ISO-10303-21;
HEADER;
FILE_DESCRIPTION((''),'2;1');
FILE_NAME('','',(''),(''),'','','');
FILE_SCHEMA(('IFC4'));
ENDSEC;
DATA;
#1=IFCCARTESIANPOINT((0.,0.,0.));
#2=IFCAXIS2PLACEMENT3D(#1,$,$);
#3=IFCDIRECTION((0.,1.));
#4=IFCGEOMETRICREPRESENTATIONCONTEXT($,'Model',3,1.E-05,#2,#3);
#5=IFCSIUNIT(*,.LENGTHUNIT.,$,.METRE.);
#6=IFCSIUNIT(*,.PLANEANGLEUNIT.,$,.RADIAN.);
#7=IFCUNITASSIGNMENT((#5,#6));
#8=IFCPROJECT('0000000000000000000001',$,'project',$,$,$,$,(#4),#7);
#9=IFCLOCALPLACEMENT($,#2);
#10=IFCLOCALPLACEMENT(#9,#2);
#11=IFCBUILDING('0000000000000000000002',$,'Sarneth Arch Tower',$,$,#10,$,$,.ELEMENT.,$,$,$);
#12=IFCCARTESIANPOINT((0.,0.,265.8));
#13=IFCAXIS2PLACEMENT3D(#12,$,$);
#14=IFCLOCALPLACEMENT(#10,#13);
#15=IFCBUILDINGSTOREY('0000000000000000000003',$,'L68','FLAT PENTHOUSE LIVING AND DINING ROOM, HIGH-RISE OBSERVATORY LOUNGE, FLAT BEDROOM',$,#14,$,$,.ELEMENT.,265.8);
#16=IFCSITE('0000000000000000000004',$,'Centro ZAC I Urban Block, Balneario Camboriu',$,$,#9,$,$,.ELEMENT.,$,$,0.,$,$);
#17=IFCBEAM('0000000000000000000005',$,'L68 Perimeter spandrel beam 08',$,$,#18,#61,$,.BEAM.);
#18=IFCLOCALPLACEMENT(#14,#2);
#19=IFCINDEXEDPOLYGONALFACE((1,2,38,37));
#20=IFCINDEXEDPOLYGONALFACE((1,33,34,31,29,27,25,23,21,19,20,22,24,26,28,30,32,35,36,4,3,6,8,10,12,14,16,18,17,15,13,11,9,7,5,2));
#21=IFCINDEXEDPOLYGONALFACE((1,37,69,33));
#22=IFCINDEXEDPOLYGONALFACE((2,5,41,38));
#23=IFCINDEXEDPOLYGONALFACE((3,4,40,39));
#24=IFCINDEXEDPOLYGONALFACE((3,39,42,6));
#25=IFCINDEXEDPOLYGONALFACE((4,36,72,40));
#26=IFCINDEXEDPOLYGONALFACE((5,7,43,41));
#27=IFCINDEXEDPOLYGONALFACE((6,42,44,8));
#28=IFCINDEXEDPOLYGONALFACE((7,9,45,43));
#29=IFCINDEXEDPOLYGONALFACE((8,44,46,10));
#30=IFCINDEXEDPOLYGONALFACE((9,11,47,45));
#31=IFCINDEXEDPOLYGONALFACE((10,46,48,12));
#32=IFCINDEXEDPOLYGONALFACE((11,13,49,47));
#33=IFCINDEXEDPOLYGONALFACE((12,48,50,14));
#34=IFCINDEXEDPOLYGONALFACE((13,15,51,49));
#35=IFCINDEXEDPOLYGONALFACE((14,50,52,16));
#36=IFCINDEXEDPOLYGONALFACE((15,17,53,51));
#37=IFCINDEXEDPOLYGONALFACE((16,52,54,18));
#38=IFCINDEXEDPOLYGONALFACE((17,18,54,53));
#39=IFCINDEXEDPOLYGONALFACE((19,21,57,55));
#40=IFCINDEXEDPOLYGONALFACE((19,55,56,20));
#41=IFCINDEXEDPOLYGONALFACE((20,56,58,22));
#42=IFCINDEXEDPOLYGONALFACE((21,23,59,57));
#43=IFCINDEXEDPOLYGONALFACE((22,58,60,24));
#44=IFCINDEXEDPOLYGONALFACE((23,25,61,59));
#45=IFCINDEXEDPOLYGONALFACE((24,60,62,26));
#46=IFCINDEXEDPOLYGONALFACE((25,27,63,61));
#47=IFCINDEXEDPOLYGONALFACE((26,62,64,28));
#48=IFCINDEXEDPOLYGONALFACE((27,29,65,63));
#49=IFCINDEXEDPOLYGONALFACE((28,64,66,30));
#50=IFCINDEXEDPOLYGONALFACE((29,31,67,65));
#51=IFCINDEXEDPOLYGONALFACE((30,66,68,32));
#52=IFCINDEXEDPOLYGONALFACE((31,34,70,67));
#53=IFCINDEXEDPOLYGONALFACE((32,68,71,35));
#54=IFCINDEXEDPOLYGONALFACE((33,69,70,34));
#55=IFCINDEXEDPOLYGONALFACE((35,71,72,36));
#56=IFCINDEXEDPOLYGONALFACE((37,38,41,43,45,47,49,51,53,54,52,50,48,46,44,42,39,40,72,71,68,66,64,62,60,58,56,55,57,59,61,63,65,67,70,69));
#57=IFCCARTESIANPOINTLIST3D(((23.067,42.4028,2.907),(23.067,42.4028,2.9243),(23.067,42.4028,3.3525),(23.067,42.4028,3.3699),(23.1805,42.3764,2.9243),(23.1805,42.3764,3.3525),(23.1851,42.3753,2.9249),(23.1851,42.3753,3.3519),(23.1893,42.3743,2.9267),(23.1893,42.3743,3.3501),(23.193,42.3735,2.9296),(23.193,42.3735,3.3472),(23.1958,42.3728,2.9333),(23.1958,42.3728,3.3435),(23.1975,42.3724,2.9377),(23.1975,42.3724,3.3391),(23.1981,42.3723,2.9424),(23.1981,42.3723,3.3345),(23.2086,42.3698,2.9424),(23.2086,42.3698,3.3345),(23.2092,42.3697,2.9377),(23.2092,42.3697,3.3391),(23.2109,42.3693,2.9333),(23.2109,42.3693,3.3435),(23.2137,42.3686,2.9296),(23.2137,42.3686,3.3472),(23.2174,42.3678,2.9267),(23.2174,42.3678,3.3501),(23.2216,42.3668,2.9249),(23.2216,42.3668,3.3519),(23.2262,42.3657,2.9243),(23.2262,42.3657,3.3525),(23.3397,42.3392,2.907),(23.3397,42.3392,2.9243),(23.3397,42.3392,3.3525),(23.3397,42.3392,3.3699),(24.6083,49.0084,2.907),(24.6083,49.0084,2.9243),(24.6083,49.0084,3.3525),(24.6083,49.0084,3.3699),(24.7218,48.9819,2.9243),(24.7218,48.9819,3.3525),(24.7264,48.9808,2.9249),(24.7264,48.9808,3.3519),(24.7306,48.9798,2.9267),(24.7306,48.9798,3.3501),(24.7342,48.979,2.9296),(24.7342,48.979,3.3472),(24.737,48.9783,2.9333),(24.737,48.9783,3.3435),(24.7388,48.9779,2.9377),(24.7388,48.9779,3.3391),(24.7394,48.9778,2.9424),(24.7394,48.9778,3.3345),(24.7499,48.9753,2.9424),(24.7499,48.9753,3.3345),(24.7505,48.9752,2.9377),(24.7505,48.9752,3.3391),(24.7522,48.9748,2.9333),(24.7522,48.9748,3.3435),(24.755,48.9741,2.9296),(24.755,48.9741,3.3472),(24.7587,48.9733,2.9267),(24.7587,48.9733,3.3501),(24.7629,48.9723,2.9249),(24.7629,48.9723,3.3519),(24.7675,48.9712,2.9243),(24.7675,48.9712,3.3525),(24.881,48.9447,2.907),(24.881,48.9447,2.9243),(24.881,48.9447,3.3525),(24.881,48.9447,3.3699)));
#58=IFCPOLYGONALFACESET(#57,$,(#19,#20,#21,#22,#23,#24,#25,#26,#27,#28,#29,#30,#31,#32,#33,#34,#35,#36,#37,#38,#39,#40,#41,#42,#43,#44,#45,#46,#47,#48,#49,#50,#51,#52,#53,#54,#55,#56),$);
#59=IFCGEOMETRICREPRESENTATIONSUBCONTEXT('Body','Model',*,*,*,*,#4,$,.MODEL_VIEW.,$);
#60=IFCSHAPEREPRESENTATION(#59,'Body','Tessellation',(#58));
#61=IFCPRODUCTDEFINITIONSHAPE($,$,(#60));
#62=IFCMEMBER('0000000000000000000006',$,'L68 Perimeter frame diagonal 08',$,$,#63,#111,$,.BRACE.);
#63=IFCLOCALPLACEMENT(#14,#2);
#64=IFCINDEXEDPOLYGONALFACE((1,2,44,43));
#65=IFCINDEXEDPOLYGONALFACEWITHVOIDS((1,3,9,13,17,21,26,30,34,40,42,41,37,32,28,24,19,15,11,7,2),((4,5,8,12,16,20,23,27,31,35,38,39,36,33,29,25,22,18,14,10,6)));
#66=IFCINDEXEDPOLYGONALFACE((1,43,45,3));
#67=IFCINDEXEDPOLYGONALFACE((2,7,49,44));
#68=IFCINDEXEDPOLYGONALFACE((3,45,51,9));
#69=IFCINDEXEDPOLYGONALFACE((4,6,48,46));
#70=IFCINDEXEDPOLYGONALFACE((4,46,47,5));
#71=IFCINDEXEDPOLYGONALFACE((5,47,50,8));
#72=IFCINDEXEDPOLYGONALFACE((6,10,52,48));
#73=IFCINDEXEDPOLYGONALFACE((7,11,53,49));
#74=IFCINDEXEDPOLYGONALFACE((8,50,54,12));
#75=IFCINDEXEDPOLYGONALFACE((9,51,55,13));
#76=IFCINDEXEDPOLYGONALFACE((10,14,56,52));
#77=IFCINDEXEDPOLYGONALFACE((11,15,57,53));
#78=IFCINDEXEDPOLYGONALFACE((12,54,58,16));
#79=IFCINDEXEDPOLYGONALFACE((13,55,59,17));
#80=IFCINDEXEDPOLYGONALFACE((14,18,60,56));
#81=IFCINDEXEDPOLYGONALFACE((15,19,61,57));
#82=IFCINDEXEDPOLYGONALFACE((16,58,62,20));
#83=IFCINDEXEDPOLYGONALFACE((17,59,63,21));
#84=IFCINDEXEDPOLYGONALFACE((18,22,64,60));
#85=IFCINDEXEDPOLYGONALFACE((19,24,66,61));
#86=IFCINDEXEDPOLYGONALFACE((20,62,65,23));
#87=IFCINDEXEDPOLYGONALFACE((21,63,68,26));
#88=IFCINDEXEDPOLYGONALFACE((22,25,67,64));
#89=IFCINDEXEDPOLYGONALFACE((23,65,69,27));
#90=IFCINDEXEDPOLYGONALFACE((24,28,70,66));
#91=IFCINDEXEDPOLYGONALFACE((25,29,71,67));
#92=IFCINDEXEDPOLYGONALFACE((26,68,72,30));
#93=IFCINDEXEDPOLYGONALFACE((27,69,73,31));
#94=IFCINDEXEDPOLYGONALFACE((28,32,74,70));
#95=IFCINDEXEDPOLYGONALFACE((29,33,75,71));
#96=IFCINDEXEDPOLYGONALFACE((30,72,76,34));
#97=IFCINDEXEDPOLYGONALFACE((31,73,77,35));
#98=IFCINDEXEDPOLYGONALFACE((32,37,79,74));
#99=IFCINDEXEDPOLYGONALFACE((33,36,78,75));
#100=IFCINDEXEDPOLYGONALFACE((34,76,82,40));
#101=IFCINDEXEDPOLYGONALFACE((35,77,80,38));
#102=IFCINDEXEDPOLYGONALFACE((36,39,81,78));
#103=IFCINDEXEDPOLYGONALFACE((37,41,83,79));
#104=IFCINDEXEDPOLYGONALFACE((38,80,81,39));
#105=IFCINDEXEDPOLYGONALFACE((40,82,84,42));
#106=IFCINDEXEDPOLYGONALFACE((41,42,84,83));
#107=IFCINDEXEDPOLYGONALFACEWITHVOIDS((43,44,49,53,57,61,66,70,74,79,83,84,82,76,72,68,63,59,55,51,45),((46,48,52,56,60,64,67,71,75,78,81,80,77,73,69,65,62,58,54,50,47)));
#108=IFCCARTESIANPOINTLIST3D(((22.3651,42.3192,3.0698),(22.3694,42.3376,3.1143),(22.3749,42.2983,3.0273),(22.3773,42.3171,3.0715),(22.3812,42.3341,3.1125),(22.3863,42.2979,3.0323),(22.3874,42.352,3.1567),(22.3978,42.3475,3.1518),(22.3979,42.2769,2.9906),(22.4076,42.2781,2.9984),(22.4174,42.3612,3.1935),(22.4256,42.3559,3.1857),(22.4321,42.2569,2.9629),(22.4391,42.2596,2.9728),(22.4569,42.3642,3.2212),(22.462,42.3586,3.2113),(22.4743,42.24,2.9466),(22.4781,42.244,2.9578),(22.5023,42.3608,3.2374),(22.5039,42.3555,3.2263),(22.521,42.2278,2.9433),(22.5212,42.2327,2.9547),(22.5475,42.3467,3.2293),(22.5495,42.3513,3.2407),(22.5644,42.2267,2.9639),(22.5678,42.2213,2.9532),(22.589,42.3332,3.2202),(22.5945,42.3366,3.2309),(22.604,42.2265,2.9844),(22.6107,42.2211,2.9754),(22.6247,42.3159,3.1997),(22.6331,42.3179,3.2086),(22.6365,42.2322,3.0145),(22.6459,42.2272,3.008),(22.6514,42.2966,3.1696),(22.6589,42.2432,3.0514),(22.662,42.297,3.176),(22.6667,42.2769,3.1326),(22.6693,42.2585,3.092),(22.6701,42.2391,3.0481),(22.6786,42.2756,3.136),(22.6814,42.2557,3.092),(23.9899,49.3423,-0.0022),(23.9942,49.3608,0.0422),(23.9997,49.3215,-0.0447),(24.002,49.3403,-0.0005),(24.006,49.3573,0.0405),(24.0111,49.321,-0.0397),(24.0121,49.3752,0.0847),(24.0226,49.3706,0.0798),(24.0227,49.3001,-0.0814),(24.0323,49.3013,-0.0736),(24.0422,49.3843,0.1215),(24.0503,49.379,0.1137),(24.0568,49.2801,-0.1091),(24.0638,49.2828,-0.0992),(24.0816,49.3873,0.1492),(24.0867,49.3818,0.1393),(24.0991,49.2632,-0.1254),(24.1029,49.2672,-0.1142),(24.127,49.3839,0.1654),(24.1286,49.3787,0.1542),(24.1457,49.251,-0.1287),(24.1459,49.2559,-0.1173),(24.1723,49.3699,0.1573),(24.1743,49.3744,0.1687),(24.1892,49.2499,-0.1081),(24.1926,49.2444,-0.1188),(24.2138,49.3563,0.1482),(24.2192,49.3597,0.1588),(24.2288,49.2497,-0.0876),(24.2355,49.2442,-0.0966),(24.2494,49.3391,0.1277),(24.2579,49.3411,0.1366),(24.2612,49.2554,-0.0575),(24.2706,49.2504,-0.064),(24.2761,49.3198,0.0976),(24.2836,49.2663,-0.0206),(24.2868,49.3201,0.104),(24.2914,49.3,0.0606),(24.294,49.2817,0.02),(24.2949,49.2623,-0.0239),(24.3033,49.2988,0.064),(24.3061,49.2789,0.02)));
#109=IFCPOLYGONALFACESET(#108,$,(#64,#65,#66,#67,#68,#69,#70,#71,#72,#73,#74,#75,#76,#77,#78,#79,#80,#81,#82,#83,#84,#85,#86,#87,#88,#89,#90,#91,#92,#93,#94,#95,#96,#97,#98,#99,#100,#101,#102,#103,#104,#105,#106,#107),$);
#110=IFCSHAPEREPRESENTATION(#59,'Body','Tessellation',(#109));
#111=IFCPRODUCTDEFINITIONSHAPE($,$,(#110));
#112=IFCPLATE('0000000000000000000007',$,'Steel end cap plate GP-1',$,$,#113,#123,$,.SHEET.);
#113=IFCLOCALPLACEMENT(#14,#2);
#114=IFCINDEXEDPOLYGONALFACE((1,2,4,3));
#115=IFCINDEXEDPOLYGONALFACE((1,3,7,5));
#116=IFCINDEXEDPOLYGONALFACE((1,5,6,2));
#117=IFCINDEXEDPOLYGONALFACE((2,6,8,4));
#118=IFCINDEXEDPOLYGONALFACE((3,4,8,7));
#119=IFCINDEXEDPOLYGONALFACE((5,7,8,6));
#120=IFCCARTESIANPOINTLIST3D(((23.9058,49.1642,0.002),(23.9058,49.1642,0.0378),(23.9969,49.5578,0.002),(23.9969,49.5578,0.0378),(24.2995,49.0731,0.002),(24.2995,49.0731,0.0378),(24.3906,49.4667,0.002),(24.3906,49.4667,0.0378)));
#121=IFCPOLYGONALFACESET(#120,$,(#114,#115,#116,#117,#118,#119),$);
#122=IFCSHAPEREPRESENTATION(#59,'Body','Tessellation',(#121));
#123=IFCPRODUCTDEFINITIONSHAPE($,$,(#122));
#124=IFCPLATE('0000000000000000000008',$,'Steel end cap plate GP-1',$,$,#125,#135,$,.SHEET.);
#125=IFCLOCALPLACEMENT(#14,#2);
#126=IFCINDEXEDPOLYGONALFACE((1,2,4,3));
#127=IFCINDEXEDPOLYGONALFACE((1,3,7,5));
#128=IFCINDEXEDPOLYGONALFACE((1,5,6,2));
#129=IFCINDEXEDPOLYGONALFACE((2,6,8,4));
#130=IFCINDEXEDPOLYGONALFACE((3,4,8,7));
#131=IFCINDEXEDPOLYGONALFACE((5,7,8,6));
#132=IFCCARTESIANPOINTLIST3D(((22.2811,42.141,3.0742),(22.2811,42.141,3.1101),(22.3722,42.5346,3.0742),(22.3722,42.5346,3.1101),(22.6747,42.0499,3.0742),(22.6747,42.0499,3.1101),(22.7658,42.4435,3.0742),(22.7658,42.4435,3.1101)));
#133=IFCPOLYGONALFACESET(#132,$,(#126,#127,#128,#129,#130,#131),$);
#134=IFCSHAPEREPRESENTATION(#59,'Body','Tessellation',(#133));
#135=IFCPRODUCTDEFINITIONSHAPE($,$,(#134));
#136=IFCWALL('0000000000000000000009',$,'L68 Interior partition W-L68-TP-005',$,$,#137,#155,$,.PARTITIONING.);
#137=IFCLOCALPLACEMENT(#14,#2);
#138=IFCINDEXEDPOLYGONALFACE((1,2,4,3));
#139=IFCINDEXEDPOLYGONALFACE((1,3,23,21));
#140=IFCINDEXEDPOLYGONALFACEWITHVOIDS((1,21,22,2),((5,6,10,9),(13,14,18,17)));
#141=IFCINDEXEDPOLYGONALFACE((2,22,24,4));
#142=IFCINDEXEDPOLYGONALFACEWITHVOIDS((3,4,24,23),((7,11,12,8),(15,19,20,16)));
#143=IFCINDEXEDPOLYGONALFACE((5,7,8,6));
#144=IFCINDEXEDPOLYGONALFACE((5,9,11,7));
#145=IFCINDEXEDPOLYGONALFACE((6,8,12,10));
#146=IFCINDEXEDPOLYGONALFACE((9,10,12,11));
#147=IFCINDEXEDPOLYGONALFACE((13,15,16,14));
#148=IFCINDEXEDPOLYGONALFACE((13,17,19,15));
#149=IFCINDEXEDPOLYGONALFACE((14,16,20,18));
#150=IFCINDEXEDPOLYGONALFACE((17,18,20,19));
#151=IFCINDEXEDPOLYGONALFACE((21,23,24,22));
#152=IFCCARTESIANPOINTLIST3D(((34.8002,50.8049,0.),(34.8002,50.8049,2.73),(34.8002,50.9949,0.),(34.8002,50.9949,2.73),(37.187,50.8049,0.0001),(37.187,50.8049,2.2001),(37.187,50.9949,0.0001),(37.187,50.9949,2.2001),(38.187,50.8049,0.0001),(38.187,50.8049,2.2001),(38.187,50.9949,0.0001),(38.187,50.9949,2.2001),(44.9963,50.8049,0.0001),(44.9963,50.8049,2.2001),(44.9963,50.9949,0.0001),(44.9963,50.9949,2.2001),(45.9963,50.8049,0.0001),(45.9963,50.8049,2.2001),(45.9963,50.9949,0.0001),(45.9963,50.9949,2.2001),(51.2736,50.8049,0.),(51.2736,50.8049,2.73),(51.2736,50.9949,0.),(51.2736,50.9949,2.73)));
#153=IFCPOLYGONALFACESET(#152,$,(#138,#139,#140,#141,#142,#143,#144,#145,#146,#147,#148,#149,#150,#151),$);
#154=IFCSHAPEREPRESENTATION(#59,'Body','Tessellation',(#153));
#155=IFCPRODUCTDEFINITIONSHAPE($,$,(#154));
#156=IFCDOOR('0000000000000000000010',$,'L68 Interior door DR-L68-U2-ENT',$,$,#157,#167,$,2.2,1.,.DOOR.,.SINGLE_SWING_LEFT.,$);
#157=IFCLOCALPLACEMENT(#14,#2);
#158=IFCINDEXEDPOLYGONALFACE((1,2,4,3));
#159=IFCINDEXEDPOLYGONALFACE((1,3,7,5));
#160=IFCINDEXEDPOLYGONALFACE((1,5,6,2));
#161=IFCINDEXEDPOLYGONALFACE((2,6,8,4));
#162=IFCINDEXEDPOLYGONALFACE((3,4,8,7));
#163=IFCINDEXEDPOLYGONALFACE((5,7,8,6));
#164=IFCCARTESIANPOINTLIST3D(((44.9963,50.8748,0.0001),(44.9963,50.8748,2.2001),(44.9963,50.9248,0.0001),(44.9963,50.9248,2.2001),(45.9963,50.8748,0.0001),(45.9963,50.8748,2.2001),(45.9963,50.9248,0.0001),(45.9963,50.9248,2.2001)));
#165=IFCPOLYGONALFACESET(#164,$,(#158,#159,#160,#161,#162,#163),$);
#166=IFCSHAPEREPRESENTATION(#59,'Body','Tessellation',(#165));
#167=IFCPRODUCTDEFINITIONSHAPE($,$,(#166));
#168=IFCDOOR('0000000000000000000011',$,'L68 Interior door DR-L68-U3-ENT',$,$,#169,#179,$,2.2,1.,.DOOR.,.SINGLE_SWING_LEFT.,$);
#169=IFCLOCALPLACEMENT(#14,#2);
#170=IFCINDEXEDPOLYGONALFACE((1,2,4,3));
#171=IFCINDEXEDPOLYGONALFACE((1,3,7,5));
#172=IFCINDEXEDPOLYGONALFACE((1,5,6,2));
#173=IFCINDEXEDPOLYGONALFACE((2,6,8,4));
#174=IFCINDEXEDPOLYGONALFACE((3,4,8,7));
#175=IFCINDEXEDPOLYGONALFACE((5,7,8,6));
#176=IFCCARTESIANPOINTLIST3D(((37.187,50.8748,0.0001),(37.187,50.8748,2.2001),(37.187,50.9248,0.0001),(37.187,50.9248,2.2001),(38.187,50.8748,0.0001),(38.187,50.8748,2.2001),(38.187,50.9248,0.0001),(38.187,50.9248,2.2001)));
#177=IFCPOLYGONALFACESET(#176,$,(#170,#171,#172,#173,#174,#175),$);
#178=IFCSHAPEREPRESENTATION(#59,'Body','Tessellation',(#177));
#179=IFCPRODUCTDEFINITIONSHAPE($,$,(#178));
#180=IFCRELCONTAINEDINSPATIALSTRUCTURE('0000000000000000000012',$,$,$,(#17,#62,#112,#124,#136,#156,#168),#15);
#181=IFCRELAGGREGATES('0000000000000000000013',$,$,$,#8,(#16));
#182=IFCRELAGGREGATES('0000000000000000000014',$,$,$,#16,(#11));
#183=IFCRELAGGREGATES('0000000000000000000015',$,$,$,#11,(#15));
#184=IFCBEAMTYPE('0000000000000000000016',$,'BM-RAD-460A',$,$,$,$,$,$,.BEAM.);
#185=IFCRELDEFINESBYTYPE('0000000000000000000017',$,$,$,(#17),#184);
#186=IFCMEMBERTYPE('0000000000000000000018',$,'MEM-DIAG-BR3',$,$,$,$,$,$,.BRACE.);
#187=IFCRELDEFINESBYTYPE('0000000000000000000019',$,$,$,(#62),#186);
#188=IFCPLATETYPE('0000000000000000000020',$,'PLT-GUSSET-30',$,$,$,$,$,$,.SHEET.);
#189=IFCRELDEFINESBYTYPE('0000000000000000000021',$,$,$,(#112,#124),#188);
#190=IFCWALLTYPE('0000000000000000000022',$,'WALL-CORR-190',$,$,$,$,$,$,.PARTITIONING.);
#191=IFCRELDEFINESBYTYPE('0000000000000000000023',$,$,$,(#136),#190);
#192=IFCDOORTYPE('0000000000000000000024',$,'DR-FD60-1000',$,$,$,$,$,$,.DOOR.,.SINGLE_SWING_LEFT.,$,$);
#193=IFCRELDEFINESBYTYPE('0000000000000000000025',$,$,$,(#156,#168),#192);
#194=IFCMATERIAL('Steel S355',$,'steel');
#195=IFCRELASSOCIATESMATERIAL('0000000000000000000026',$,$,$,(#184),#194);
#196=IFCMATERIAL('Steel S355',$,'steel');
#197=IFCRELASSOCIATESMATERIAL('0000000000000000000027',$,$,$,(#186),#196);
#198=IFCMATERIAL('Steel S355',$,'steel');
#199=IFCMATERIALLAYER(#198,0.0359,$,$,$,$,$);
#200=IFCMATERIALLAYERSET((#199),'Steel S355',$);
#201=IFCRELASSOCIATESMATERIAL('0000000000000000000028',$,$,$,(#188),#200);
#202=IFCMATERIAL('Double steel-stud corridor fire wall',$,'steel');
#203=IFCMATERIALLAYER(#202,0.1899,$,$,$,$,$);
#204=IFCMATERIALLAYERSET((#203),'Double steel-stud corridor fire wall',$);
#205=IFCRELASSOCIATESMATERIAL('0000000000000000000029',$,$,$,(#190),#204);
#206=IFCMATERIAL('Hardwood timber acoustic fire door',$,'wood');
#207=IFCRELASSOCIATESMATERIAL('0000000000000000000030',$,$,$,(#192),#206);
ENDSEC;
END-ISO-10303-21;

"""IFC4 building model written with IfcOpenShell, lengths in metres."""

from ifc_helpers import new_model, si_unit, direction, frame, frame_2d, origin, origin_2d, place, context, subcontext, project, spatial, rectangle, hollow_circle, i_section, extrude, material, layer, layer_set, material_profile, profile_set, type_object, element, fill, save


model = new_model("IFC4")

# Units and contexts
model_context = context("Model", 3, precision=1e-05, world=origin(), true_north=direction((0.0, 1.0)))
body_context = subcontext(model_context, "Body", "Model", "MODEL_VIEW")
ifc_project = project(units=[si_unit("LENGTHUNIT", "METRE"), si_unit("PLANEANGLEUNIT", "RADIAN")], contexts=[model_context])

# Site, building, storey
site_placement = place(None, origin())
site = spatial("IfcSite", under=ifc_project, at=site_placement, Name="Centro ZAC I Urban Block, Balneario Camboriu", CompositionType="ELEMENT", RefElevation=0.0)
building_placement = place(site_placement, origin())
building = spatial("IfcBuilding", under=site, at=building_placement, Name="Sarneth Arch Tower", CompositionType="ELEMENT")
storey_placement = place(building_placement, frame((0.0, 0.0, 265.8)))
storey = spatial("IfcBuildingStorey", under=building, at=storey_placement, Name="L68", Description="FLAT PENTHOUSE LIVING AND DINING ROOM, HIGH-RISE OBSERVATORY LOUNGE, FLAT BEDROOM", CompositionType="ELEMENT", Elevation=265.8)

# Beam
ifc_material_1 = material(Name="Steel S355", Category="steel")
ifc_material_profile_1 = material_profile(ifc_material_1, i_section(OverallWidth=0.28, OverallDepth=0.4629, WebThickness=0.0107, FlangeThickness=0.0173, FilletRadius=0.0181, at=origin_2d()), Name="W460x113")
ifc_profile_set_1 = profile_set([ifc_material_profile_1], Name="Steel S355")
beam_type_1 = type_object("IfcBeamType", Name="BM-RAD-460A", PredefinedType="BEAM", material=ifc_profile_set_1)
beam_1_placement = place(storey_placement, frame((24.7446, 48.9766, 3.1384), z_axis=(-0.227227, -0.973842, 0.0), x_axis=(0.973842, -0.227227, 0.0)))
element("IfcBeam", 1, at=beam_1_placement, inside=storey, type_object=beam_type_1, Name="L68 Perimeter spandrel beam 08", PredefinedType="BEAM", context=body_context, shape_type="SweptSolid", body=[
    extrude(i_section(OverallWidth=0.28, OverallDepth=0.4629, WebThickness=0.0107, FlangeThickness=0.0173, FilletRadius=0.0181, at=origin_2d()), origin(), (0.0, 0.0, 1.0), 6.783),
])

# Member
ifc_material_2 = material(Name="Steel S355", Category="steel")
ifc_material_profile_2 = material_profile(ifc_material_2, hollow_circle(Radius=0.1621, WallThickness=0.0125, at=origin_2d()), Name="CHS324x12.5")
ifc_profile_set_2 = profile_set([ifc_material_profile_2], Name="Steel S355")
member_type = type_object("IfcMemberType", Name="MEM-DIAG-BR3", PredefinedType="BRACE", material=ifc_profile_set_2)
member_placement = place(storey_placement, frame((24.1482, 49.3154, 0.02), z_axis=(-0.207346, -0.896276, 0.392041), x_axis=(0.974269, -0.225389, 0.0)))
element("IfcMember", 2, at=member_placement, inside=storey, type_object=member_type, Name="L68 Perimeter frame diagonal 08", PredefinedType="BRACE", context=body_context, shape_type="SweptSolid", body=[
    extrude(hollow_circle(Radius=0.1621, WallThickness=0.0125, at=origin_2d()), origin(), (0.0, 0.0, 1.0), 7.8359),
])

# Plates
ifc_material_3 = material(Name="Steel S355", Category="steel")
ifc_layer_1 = layer(ifc_material_3, 0.0359)
ifc_layer_set_1 = layer_set([ifc_layer_1], Name="Steel S355")
plate_type = type_object("IfcPlateType", Name="PLT-GUSSET-30", PredefinedType="SHEET", material=ifc_layer_set_1)
for number, where, z_axis, x_axis, name in (
    (3, (24.1482, 49.3154, 0.002), (0.0, 0.0, 1.0), (-0.225461, -0.974252, 0.0), "Steel end cap plate GP-1"),
    (4, (22.5234, 42.2922, 3.0742), (0.0, 0.0, 1.0), (-0.225461, -0.974252, 0.0), "Steel end cap plate GP-1"),
):
    element("IfcPlate", number, at=place(storey_placement, frame(where, z_axis=z_axis, x_axis=x_axis)), inside=storey, type_object=plate_type, Name=name, PredefinedType="SHEET", context=body_context, shape_type="SweptSolid", body=[
        extrude(rectangle(XDim=0.4041, YDim=0.4041, at=origin_2d()), origin(), (0.0, 0.0, 1.0), 0.0359),
    ])

# Wall, openings, doors
ifc_material_4 = material(Name="Double steel-stud corridor fire wall", Category="steel")
ifc_layer_2 = layer(ifc_material_4, 0.1899)
ifc_layer_set_2 = layer_set([ifc_layer_2], Name="Double steel-stud corridor fire wall")
wall_type_1 = type_object("IfcWallType", Name="WALL-CORR-190", PredefinedType="PARTITIONING", material=ifc_layer_set_2)
wall_1_placement = place(storey_placement, frame((34.8, 50.8999, 0.0), z_axis=(0.0, 0.0, 1.0), x_axis=(1.0, 0.0, 0.0)))
wall_1 = element("IfcWall", 5, at=wall_1_placement, inside=storey, type_object=wall_type_1, Name="L68 Interior partition W-L68-TP-005", PredefinedType="PARTITIONING", context=body_context, shape_type="SweptSolid", body=[
    extrude(rectangle(XDim=16.4734, YDim=0.1899, at=frame_2d((8.2368, 0.0))), origin(), (0.0, 0.0, 1.0), 2.73),
])
opening_1_placement = place(wall_1_placement, frame((10.1963, 0.0, 0.0)))
opening_1 = element("IfcOpeningElement", 6, at=opening_1_placement, cuts=wall_1, PredefinedType="OPENING", context=body_context, shape_type="SweptSolid", body=[
    extrude(rectangle(XDim=1.0, YDim=2.2, at=frame_2d((0.5, 1.1001))), frame((0.0, 0.105, 0.0), z_axis=(0.0, -1.0, 0.0), x_axis=(1.0, 0.0, 0.0)), (0.0, 0.0, 1.0), 0.21),
])
opening_2_placement = place(wall_1_placement, frame((2.387, 0.0, 0.0)))
opening_2 = element("IfcOpeningElement", 7, at=opening_2_placement, cuts=wall_1, PredefinedType="OPENING", context=body_context, shape_type="SweptSolid", body=[
    extrude(rectangle(XDim=1.0, YDim=2.2, at=frame_2d((0.5, 1.1001))), frame((0.0, 0.105, 0.0), z_axis=(0.0, -1.0, 0.0), x_axis=(1.0, 0.0, 0.0)), (0.0, 0.0, 1.0), 0.21),
])
ifc_material_5 = material(Name="Hardwood timber acoustic fire door", Category="wood")
door_type_1 = type_object("IfcDoorType", Name="DR-FD60-1000", OperationType="SINGLE_SWING_LEFT", PredefinedType="DOOR", material=ifc_material_5)
door_1_placement = place(opening_1_placement, origin())
door_1 = element("IfcDoor", 8, at=door_1_placement, inside=storey, type_object=door_type_1, Name="L68 Interior door DR-L68-U2-ENT", OperationType="SINGLE_SWING_LEFT", OverallHeight=2.2, OverallWidth=1.0, PredefinedType="DOOR", context=body_context, shape_type="SweptSolid", body=[
    extrude(rectangle(XDim=1.0, YDim=2.2, at=frame_2d((0.5, 1.1001))), frame((0.0, 0.0249, 0.0), z_axis=(0.0, -1.0, 0.0), x_axis=(1.0, 0.0, 0.0)), (0.0, 0.0, 1.0), 0.05),
])
fill(opening_1, door_1)
door_2_placement = place(opening_2_placement, origin())
door_2 = element("IfcDoor", 9, at=door_2_placement, inside=storey, type_object=door_type_1, Name="L68 Interior door DR-L68-U3-ENT", OperationType="SINGLE_SWING_LEFT", OverallHeight=2.2, OverallWidth=1.0, PredefinedType="DOOR", context=body_context, shape_type="SweptSolid", body=[
    extrude(rectangle(XDim=1.0, YDim=2.2, at=frame_2d((0.5, 1.1001))), frame((0.0, 0.0249, 0.0), z_axis=(0.0, -1.0, 0.0), x_axis=(1.0, 0.0, 0.0)), (0.0, 0.0, 1.0), 0.05),
])
fill(opening_2, door_2)

save(model, "model.ifc")
